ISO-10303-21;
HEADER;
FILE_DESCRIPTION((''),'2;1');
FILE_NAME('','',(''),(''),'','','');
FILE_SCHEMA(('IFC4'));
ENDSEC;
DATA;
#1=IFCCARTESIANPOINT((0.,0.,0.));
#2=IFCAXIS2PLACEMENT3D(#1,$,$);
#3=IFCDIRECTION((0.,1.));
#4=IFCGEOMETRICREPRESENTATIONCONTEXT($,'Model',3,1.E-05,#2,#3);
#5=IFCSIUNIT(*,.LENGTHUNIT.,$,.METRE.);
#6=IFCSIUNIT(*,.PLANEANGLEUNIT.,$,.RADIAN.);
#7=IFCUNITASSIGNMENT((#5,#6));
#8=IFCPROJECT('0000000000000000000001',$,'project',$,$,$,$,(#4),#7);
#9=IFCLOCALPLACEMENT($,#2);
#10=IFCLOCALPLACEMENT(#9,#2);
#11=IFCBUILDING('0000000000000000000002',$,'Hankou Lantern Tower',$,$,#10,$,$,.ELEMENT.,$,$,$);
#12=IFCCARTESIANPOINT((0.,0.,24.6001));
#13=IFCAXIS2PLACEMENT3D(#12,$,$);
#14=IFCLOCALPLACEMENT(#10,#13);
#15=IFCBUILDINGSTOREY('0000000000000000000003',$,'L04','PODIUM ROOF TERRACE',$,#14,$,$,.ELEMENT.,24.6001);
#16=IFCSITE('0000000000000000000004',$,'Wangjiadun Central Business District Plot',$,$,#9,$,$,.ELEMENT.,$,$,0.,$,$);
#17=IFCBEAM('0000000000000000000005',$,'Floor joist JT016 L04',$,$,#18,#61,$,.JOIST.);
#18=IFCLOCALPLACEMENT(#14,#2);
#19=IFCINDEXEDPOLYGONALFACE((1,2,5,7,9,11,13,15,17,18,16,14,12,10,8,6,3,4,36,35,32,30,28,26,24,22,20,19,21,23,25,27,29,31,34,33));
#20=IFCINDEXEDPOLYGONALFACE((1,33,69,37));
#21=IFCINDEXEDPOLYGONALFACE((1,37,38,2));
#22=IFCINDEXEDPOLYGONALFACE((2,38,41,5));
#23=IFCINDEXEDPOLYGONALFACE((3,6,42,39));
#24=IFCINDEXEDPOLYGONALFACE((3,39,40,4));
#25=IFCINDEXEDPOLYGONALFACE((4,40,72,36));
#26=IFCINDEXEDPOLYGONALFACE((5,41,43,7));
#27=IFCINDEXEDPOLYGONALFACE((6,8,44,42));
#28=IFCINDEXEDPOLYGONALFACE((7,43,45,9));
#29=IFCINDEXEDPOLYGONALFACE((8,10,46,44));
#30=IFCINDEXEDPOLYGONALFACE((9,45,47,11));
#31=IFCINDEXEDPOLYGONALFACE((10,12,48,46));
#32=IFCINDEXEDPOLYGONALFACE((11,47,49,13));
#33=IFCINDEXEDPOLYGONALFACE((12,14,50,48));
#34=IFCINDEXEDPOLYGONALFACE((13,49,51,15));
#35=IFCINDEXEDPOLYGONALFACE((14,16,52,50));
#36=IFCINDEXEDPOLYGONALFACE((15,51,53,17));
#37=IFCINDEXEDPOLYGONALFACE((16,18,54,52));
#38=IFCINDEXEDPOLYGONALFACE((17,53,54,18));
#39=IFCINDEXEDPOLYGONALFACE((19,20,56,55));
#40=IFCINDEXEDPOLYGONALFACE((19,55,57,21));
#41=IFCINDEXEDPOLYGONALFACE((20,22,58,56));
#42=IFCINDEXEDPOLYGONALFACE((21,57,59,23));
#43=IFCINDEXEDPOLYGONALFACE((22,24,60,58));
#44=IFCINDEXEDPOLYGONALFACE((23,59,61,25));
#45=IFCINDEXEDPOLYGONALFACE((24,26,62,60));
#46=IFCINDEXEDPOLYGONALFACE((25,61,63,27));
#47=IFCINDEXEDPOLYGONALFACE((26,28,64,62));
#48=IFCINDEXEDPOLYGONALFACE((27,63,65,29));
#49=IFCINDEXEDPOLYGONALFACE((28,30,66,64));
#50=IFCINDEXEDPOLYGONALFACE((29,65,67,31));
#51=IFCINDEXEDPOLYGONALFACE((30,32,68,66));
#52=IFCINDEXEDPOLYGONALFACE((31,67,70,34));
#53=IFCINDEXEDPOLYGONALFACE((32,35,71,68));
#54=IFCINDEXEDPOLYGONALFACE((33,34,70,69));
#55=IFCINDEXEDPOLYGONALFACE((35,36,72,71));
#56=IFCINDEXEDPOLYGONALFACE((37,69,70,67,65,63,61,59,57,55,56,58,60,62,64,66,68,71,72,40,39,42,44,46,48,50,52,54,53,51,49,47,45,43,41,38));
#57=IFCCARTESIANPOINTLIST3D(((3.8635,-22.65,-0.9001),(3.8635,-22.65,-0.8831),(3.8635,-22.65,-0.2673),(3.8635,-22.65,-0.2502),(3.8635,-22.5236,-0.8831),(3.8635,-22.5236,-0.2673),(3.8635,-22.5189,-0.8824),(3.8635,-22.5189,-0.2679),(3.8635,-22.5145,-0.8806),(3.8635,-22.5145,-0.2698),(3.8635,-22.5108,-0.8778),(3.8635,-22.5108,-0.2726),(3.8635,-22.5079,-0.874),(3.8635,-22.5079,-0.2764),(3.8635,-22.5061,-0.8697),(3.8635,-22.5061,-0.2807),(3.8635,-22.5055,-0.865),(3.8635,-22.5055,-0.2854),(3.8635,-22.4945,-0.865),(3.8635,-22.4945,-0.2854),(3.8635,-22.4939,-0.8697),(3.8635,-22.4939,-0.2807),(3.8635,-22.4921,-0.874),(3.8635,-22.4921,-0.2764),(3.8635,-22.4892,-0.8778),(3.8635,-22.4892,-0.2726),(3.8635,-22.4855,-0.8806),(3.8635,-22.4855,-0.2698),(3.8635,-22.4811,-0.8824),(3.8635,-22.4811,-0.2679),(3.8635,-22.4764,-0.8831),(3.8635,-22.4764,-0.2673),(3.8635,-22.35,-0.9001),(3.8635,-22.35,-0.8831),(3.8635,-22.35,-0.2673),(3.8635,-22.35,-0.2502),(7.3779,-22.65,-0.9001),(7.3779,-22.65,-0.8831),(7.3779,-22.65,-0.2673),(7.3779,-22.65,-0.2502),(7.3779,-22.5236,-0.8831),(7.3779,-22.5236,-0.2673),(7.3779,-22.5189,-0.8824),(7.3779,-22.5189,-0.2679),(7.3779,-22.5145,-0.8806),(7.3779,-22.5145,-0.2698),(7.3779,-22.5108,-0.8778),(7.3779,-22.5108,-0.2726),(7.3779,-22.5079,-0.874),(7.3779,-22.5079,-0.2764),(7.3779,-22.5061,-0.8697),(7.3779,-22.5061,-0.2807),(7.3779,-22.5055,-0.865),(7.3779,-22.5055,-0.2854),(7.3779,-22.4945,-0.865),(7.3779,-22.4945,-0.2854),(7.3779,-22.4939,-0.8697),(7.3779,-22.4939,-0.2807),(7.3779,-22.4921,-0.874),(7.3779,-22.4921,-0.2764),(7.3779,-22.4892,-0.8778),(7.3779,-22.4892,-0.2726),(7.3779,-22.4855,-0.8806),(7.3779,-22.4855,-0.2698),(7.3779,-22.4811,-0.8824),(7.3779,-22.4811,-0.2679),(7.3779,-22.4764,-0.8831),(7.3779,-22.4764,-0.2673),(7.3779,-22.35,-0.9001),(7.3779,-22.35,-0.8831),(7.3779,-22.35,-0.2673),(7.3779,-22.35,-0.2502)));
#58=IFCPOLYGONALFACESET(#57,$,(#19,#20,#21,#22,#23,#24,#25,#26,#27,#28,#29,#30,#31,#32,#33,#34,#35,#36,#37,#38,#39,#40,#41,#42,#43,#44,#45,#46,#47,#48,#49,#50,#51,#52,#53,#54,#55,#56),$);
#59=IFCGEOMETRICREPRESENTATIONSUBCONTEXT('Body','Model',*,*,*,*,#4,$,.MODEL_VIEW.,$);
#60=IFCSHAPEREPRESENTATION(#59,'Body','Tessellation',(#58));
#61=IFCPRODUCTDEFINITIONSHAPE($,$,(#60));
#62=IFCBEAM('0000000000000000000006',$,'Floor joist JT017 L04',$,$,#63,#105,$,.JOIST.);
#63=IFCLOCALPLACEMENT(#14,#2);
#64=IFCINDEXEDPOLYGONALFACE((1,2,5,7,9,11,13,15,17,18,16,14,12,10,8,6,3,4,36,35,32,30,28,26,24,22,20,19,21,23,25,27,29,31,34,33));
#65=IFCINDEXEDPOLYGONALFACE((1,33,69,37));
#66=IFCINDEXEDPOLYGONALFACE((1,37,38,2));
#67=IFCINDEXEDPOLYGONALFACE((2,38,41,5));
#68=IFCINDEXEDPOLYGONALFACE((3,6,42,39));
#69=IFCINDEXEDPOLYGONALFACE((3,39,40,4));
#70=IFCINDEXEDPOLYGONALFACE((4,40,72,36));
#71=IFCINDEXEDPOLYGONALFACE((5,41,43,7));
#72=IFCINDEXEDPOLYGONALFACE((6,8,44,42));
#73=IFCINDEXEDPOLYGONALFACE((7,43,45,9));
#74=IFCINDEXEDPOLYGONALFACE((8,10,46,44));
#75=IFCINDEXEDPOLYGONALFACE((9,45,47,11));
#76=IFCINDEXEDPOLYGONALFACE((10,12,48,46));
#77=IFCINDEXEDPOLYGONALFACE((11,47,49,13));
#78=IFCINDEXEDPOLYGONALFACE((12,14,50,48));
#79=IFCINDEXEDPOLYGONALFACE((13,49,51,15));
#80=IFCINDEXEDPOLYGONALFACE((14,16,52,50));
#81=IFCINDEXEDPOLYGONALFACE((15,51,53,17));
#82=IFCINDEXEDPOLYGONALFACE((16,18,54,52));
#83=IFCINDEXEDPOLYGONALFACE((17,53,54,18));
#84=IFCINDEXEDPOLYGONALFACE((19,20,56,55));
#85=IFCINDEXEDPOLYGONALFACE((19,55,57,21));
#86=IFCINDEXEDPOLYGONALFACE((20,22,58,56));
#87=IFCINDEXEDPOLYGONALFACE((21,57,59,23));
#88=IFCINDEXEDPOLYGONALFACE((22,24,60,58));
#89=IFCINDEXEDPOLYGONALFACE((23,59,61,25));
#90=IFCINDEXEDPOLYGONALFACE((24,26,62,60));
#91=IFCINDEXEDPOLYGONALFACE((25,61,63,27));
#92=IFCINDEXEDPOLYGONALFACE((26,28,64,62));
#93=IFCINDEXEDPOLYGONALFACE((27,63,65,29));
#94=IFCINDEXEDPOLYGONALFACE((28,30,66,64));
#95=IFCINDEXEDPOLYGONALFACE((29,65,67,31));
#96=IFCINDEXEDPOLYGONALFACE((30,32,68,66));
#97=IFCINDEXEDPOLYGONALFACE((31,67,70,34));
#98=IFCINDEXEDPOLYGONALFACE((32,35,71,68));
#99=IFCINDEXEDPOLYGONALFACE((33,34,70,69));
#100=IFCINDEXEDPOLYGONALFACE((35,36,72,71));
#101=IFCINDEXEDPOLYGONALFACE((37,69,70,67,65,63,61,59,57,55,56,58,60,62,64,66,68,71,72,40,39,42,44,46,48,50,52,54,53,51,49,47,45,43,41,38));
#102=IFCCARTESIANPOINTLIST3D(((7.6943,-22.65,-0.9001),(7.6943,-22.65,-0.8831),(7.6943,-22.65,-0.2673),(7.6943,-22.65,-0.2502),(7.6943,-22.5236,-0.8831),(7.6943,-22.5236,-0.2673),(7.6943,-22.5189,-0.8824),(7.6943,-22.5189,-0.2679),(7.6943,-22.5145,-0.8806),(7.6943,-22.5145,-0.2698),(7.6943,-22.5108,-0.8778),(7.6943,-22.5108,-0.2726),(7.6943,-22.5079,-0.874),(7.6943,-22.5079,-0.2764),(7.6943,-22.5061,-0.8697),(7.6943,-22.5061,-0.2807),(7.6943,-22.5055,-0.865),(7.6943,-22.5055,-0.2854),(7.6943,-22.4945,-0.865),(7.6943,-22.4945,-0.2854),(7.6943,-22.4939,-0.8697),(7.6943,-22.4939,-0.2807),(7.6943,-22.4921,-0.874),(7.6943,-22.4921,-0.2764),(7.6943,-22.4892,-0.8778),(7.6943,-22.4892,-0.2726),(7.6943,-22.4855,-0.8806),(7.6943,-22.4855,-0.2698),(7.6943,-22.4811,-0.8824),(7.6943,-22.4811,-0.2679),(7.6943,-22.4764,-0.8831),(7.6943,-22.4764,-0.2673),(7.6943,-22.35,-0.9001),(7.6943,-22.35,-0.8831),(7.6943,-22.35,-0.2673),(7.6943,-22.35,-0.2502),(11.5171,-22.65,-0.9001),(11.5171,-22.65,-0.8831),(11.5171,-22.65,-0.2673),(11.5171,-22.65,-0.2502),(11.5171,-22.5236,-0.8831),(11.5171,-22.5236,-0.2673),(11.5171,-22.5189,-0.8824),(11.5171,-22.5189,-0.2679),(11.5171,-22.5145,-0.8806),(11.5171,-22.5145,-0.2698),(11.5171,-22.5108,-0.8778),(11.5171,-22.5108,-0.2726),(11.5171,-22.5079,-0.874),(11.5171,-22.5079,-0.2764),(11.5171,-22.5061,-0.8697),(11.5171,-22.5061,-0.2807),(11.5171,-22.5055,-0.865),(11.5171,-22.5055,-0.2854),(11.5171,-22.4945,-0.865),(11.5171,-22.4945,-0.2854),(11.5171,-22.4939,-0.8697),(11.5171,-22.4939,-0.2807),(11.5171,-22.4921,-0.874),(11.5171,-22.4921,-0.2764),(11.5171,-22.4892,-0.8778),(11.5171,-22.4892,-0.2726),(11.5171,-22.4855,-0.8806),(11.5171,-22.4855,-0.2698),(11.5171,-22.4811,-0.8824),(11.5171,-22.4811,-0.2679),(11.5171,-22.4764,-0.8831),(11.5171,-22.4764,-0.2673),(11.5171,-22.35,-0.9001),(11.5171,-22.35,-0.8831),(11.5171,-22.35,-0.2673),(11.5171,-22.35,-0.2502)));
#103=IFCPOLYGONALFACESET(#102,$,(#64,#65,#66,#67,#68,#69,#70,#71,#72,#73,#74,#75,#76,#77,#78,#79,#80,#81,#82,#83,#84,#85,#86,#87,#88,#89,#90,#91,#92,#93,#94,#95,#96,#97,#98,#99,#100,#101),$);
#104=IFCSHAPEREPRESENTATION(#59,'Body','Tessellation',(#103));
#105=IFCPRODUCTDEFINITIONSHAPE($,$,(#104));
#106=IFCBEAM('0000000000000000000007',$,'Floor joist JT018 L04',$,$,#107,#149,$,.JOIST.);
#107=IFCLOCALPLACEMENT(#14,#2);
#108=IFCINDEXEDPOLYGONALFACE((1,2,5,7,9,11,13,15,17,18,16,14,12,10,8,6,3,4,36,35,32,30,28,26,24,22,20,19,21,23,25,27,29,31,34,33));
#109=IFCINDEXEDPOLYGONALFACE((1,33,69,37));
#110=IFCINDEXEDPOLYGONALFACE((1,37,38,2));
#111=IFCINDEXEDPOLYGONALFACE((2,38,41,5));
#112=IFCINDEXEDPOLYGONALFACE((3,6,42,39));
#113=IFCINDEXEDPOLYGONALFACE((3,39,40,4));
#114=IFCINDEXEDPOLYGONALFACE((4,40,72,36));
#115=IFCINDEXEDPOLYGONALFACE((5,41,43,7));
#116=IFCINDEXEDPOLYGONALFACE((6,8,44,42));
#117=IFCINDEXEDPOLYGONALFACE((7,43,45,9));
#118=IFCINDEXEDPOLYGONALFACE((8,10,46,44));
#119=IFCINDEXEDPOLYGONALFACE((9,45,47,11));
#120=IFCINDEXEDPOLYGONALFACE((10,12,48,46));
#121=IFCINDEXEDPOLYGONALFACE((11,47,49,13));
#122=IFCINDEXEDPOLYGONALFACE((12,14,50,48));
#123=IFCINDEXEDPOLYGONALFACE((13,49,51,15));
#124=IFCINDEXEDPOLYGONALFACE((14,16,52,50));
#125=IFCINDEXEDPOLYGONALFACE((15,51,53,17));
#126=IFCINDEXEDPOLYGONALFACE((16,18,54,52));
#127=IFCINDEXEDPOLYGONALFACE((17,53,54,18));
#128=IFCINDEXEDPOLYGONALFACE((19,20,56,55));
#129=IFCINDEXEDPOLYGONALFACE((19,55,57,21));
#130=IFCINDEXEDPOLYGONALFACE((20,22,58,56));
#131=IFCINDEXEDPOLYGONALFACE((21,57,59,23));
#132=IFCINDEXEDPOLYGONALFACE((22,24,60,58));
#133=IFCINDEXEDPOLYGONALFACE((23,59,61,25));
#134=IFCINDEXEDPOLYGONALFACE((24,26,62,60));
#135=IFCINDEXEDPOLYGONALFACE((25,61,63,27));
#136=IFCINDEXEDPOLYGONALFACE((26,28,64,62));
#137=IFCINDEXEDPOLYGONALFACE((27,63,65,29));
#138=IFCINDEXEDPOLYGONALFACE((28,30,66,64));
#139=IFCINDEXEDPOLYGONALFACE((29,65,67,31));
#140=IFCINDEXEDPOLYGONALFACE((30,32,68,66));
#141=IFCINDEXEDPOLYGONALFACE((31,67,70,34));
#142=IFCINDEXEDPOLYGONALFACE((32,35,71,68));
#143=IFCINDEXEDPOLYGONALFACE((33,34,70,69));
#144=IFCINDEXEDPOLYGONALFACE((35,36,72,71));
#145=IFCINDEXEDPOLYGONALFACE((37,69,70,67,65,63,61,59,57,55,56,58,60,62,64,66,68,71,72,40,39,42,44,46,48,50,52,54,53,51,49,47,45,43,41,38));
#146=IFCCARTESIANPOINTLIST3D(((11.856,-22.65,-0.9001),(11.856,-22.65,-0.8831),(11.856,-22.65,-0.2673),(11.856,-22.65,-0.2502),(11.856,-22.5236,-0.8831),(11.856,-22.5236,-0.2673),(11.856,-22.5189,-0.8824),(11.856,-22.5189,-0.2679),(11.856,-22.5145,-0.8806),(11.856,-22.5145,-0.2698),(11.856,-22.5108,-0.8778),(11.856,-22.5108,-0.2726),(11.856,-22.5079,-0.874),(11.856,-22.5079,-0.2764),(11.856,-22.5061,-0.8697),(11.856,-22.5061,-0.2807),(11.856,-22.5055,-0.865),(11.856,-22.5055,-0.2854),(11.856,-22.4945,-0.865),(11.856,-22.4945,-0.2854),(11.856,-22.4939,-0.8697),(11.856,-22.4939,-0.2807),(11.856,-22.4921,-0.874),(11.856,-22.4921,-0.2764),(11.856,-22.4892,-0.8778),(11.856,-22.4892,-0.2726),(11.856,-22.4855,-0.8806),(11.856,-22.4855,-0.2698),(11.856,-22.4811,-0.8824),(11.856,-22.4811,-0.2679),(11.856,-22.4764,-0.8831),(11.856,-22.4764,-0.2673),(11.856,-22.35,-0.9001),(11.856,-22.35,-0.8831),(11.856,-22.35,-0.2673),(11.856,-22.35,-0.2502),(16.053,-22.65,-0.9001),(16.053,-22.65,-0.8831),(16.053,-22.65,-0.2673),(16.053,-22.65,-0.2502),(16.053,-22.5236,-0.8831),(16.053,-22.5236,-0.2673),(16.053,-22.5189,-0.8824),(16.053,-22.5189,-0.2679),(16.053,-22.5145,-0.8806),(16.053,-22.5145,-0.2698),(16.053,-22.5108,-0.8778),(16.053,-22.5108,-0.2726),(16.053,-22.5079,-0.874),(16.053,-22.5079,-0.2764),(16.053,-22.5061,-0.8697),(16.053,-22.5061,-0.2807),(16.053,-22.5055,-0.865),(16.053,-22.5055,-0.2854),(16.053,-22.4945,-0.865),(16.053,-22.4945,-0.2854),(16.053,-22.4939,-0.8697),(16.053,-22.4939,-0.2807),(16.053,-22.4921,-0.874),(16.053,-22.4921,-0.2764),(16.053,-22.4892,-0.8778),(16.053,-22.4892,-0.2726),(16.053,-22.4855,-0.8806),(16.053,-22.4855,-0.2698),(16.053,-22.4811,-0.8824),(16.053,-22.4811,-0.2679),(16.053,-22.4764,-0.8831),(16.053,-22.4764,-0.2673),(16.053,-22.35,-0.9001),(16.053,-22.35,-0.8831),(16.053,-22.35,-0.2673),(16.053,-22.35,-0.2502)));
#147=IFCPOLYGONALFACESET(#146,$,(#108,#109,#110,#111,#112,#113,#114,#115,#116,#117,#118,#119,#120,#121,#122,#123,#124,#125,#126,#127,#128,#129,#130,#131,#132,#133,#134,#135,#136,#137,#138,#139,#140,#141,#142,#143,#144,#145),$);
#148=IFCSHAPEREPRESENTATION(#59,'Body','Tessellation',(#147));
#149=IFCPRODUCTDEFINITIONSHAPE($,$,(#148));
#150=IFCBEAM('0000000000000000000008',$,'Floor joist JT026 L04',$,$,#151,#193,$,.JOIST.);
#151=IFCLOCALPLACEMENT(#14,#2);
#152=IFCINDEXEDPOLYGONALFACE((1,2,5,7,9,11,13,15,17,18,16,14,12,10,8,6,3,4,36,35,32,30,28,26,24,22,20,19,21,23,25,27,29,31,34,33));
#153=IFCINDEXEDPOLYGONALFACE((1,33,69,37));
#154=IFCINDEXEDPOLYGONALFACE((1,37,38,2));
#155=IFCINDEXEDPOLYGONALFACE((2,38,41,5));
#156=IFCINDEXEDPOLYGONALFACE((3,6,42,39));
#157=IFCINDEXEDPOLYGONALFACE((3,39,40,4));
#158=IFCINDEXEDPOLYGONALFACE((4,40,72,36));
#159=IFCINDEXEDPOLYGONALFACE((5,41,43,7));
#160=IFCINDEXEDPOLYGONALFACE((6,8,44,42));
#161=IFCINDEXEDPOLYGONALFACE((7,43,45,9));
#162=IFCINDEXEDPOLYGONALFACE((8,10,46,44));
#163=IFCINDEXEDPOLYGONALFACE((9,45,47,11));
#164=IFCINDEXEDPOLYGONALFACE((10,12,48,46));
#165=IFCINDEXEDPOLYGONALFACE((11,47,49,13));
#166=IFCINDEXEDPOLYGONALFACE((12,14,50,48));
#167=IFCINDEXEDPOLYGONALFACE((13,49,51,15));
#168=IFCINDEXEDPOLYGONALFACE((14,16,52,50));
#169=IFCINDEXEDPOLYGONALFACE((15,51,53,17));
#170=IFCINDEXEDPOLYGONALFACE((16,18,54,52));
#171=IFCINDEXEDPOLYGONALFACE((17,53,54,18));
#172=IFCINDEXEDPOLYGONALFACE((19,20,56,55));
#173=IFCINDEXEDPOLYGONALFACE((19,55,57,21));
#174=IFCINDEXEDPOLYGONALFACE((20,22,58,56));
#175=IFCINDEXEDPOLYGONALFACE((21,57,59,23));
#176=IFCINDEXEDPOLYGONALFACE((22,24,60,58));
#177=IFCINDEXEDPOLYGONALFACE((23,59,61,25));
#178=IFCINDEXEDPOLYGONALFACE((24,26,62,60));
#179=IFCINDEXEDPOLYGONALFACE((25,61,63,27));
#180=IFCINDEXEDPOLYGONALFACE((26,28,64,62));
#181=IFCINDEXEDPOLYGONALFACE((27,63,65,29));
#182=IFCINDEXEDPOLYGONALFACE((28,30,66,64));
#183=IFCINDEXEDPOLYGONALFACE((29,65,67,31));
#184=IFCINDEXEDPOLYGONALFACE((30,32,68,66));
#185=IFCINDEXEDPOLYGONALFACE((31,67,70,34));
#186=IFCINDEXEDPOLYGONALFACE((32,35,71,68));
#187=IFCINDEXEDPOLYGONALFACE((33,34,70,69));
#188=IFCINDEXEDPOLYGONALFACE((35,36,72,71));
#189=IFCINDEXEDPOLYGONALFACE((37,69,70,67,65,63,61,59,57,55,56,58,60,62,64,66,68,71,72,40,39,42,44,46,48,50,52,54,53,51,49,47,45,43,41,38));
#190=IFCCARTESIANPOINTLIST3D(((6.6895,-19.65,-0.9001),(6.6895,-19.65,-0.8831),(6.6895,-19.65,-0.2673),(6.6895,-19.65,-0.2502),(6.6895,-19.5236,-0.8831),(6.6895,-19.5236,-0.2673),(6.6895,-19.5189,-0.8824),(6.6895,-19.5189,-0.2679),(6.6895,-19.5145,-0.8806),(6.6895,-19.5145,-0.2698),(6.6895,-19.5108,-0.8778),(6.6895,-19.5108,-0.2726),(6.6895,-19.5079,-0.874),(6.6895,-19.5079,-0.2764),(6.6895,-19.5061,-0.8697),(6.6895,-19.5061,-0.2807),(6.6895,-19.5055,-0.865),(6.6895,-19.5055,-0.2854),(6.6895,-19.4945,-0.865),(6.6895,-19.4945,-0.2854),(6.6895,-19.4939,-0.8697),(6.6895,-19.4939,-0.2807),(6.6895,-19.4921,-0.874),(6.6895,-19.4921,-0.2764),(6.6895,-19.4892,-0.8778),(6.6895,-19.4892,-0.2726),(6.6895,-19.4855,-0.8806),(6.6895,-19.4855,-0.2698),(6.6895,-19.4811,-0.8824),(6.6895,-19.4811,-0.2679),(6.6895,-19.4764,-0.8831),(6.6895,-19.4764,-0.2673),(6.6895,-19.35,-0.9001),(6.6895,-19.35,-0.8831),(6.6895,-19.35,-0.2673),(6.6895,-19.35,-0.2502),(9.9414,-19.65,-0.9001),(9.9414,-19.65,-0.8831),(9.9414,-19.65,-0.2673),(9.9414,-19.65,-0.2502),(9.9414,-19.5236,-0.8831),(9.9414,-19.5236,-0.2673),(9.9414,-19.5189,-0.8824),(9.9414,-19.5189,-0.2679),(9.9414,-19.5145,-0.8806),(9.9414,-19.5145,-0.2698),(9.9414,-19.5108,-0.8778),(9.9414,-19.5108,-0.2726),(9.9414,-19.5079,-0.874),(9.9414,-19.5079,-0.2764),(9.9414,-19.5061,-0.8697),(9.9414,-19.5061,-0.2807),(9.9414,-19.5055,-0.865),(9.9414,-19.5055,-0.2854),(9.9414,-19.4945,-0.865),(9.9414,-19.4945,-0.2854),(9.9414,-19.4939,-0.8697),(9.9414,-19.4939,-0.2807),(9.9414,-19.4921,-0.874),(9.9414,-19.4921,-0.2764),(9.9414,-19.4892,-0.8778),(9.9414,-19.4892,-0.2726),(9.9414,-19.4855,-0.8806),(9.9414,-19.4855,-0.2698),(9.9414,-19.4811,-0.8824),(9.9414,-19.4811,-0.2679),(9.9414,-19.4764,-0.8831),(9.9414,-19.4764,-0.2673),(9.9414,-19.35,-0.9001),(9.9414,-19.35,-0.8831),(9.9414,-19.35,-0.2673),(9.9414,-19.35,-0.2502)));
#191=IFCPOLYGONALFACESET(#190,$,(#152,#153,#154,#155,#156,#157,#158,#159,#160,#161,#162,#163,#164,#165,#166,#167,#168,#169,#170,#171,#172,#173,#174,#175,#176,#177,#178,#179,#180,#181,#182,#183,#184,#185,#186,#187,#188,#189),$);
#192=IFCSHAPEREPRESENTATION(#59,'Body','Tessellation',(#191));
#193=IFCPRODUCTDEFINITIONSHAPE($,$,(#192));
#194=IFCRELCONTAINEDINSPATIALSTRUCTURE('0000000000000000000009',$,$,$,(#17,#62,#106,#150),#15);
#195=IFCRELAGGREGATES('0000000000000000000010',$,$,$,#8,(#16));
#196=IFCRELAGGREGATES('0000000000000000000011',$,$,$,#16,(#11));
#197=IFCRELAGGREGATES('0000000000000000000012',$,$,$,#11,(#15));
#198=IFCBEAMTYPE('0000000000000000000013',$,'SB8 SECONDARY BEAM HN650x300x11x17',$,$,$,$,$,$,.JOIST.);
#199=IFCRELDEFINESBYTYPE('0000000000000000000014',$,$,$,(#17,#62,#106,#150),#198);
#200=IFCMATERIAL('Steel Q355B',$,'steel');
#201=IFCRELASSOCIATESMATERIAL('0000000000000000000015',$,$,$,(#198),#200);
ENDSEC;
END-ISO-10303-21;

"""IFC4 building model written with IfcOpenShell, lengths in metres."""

from ifc_helpers import new_model, si_unit, direction, frame, origin, origin_2d, place, context, subcontext, project, spatial, i_section, extrude, material, material_profile, profile_set, type_object, element, save


model = new_model("IFC4")

# Units and contexts
model_context = context("Model", 3, precision=1e-05, world=origin(), true_north=direction((0.0, 1.0)))
body_context = subcontext(model_context, "Body", "Model", "MODEL_VIEW")
ifc_project = project(units=[si_unit("LENGTHUNIT", "METRE"), si_unit("PLANEANGLEUNIT", "RADIAN")], contexts=[model_context])

# Site, building, storey
site_placement = place(None, origin())
site = spatial("IfcSite", under=ifc_project, at=site_placement, Name="Wangjiadun Central Business District Plot", CompositionType="ELEMENT", RefElevation=0.0)
building_placement = place(site_placement, origin())
building = spatial("IfcBuilding", under=site, at=building_placement, Name="Hankou Lantern Tower", CompositionType="ELEMENT")
storey_placement = place(building_placement, frame((0.0, 0.0, 24.6001)))
storey = spatial("IfcBuildingStorey", under=building, at=storey_placement, Name="L04", Description="PODIUM ROOF TERRACE", CompositionType="ELEMENT", Elevation=24.6001)

# Beams
ifc_material_1 = material(Name="Steel Q355B", Category="steel")
ifc_material_profile_1 = material_profile(ifc_material_1, i_section(OverallWidth=0.3, OverallDepth=0.6499, WebThickness=0.011, FlangeThickness=0.0171, FilletRadius=0.0181, at=origin_2d()), Name="HN650x300x11x17")
ifc_profile_set_1 = profile_set([ifc_material_profile_1], Name="Steel Q355B")
beam_type_1 = type_object("IfcBeamType", Name="SB8 SECONDARY BEAM HN650x300x11x17", PredefinedType="JOIST", material=ifc_profile_set_1)
beam_1_placement = place(storey_placement, frame((3.8635, -22.5, -0.5752), z_axis=(1.0, 0.0, 0.0), x_axis=(0.0, 1.0, 0.0)))
element("IfcBeam", 1, at=beam_1_placement, inside=storey, type_object=beam_type_1, Name="Floor joist JT016 L04", PredefinedType="JOIST", context=body_context, shape_type="SweptSolid", body=[
    extrude(i_section(OverallWidth=0.3, OverallDepth=0.6499, WebThickness=0.011, FlangeThickness=0.0171, FilletRadius=0.0181, at=origin_2d()), origin(), (0.0, 0.0, 1.0), 3.5144),
])
beam_2_placement = place(storey_placement, frame((7.6943, -22.5, -0.5752), z_axis=(1.0, 0.0, 0.0), x_axis=(0.0, 1.0, 0.0)))
element("IfcBeam", 2, at=beam_2_placement, inside=storey, type_object=beam_type_1, Name="Floor joist JT017 L04", PredefinedType="JOIST", context=body_context, shape_type="SweptSolid", body=[
    extrude(i_section(OverallWidth=0.3, OverallDepth=0.6499, WebThickness=0.011, FlangeThickness=0.0171, FilletRadius=0.0181, at=origin_2d()), origin(), (0.0, 0.0, 1.0), 3.8228),
])
beam_3_placement = place(storey_placement, frame((11.856, -22.5, -0.5752), z_axis=(1.0, 0.0, 0.0), x_axis=(0.0, 1.0, 0.0)))
element("IfcBeam", 3, at=beam_3_placement, inside=storey, type_object=beam_type_1, Name="Floor joist JT018 L04", PredefinedType="JOIST", context=body_context, shape_type="SweptSolid", body=[
    extrude(i_section(OverallWidth=0.3, OverallDepth=0.6499, WebThickness=0.011, FlangeThickness=0.0171, FilletRadius=0.0181, at=origin_2d()), origin(), (0.0, 0.0, 1.0), 4.197),
])
beam_4_placement = place(storey_placement, frame((6.6895, -19.5, -0.5752), z_axis=(1.0, 0.0, 0.0), x_axis=(0.0, 1.0, 0.0)))
element("IfcBeam", 4, at=beam_4_placement, inside=storey, type_object=beam_type_1, Name="Floor joist JT026 L04", PredefinedType="JOIST", context=body_context, shape_type="SweptSolid", body=[
    extrude(i_section(OverallWidth=0.3, OverallDepth=0.6499, WebThickness=0.011, FlangeThickness=0.0171, FilletRadius=0.0181, at=origin_2d()), origin(), (0.0, 0.0, 1.0), 3.252),
])

save(model, "model.ifc")
